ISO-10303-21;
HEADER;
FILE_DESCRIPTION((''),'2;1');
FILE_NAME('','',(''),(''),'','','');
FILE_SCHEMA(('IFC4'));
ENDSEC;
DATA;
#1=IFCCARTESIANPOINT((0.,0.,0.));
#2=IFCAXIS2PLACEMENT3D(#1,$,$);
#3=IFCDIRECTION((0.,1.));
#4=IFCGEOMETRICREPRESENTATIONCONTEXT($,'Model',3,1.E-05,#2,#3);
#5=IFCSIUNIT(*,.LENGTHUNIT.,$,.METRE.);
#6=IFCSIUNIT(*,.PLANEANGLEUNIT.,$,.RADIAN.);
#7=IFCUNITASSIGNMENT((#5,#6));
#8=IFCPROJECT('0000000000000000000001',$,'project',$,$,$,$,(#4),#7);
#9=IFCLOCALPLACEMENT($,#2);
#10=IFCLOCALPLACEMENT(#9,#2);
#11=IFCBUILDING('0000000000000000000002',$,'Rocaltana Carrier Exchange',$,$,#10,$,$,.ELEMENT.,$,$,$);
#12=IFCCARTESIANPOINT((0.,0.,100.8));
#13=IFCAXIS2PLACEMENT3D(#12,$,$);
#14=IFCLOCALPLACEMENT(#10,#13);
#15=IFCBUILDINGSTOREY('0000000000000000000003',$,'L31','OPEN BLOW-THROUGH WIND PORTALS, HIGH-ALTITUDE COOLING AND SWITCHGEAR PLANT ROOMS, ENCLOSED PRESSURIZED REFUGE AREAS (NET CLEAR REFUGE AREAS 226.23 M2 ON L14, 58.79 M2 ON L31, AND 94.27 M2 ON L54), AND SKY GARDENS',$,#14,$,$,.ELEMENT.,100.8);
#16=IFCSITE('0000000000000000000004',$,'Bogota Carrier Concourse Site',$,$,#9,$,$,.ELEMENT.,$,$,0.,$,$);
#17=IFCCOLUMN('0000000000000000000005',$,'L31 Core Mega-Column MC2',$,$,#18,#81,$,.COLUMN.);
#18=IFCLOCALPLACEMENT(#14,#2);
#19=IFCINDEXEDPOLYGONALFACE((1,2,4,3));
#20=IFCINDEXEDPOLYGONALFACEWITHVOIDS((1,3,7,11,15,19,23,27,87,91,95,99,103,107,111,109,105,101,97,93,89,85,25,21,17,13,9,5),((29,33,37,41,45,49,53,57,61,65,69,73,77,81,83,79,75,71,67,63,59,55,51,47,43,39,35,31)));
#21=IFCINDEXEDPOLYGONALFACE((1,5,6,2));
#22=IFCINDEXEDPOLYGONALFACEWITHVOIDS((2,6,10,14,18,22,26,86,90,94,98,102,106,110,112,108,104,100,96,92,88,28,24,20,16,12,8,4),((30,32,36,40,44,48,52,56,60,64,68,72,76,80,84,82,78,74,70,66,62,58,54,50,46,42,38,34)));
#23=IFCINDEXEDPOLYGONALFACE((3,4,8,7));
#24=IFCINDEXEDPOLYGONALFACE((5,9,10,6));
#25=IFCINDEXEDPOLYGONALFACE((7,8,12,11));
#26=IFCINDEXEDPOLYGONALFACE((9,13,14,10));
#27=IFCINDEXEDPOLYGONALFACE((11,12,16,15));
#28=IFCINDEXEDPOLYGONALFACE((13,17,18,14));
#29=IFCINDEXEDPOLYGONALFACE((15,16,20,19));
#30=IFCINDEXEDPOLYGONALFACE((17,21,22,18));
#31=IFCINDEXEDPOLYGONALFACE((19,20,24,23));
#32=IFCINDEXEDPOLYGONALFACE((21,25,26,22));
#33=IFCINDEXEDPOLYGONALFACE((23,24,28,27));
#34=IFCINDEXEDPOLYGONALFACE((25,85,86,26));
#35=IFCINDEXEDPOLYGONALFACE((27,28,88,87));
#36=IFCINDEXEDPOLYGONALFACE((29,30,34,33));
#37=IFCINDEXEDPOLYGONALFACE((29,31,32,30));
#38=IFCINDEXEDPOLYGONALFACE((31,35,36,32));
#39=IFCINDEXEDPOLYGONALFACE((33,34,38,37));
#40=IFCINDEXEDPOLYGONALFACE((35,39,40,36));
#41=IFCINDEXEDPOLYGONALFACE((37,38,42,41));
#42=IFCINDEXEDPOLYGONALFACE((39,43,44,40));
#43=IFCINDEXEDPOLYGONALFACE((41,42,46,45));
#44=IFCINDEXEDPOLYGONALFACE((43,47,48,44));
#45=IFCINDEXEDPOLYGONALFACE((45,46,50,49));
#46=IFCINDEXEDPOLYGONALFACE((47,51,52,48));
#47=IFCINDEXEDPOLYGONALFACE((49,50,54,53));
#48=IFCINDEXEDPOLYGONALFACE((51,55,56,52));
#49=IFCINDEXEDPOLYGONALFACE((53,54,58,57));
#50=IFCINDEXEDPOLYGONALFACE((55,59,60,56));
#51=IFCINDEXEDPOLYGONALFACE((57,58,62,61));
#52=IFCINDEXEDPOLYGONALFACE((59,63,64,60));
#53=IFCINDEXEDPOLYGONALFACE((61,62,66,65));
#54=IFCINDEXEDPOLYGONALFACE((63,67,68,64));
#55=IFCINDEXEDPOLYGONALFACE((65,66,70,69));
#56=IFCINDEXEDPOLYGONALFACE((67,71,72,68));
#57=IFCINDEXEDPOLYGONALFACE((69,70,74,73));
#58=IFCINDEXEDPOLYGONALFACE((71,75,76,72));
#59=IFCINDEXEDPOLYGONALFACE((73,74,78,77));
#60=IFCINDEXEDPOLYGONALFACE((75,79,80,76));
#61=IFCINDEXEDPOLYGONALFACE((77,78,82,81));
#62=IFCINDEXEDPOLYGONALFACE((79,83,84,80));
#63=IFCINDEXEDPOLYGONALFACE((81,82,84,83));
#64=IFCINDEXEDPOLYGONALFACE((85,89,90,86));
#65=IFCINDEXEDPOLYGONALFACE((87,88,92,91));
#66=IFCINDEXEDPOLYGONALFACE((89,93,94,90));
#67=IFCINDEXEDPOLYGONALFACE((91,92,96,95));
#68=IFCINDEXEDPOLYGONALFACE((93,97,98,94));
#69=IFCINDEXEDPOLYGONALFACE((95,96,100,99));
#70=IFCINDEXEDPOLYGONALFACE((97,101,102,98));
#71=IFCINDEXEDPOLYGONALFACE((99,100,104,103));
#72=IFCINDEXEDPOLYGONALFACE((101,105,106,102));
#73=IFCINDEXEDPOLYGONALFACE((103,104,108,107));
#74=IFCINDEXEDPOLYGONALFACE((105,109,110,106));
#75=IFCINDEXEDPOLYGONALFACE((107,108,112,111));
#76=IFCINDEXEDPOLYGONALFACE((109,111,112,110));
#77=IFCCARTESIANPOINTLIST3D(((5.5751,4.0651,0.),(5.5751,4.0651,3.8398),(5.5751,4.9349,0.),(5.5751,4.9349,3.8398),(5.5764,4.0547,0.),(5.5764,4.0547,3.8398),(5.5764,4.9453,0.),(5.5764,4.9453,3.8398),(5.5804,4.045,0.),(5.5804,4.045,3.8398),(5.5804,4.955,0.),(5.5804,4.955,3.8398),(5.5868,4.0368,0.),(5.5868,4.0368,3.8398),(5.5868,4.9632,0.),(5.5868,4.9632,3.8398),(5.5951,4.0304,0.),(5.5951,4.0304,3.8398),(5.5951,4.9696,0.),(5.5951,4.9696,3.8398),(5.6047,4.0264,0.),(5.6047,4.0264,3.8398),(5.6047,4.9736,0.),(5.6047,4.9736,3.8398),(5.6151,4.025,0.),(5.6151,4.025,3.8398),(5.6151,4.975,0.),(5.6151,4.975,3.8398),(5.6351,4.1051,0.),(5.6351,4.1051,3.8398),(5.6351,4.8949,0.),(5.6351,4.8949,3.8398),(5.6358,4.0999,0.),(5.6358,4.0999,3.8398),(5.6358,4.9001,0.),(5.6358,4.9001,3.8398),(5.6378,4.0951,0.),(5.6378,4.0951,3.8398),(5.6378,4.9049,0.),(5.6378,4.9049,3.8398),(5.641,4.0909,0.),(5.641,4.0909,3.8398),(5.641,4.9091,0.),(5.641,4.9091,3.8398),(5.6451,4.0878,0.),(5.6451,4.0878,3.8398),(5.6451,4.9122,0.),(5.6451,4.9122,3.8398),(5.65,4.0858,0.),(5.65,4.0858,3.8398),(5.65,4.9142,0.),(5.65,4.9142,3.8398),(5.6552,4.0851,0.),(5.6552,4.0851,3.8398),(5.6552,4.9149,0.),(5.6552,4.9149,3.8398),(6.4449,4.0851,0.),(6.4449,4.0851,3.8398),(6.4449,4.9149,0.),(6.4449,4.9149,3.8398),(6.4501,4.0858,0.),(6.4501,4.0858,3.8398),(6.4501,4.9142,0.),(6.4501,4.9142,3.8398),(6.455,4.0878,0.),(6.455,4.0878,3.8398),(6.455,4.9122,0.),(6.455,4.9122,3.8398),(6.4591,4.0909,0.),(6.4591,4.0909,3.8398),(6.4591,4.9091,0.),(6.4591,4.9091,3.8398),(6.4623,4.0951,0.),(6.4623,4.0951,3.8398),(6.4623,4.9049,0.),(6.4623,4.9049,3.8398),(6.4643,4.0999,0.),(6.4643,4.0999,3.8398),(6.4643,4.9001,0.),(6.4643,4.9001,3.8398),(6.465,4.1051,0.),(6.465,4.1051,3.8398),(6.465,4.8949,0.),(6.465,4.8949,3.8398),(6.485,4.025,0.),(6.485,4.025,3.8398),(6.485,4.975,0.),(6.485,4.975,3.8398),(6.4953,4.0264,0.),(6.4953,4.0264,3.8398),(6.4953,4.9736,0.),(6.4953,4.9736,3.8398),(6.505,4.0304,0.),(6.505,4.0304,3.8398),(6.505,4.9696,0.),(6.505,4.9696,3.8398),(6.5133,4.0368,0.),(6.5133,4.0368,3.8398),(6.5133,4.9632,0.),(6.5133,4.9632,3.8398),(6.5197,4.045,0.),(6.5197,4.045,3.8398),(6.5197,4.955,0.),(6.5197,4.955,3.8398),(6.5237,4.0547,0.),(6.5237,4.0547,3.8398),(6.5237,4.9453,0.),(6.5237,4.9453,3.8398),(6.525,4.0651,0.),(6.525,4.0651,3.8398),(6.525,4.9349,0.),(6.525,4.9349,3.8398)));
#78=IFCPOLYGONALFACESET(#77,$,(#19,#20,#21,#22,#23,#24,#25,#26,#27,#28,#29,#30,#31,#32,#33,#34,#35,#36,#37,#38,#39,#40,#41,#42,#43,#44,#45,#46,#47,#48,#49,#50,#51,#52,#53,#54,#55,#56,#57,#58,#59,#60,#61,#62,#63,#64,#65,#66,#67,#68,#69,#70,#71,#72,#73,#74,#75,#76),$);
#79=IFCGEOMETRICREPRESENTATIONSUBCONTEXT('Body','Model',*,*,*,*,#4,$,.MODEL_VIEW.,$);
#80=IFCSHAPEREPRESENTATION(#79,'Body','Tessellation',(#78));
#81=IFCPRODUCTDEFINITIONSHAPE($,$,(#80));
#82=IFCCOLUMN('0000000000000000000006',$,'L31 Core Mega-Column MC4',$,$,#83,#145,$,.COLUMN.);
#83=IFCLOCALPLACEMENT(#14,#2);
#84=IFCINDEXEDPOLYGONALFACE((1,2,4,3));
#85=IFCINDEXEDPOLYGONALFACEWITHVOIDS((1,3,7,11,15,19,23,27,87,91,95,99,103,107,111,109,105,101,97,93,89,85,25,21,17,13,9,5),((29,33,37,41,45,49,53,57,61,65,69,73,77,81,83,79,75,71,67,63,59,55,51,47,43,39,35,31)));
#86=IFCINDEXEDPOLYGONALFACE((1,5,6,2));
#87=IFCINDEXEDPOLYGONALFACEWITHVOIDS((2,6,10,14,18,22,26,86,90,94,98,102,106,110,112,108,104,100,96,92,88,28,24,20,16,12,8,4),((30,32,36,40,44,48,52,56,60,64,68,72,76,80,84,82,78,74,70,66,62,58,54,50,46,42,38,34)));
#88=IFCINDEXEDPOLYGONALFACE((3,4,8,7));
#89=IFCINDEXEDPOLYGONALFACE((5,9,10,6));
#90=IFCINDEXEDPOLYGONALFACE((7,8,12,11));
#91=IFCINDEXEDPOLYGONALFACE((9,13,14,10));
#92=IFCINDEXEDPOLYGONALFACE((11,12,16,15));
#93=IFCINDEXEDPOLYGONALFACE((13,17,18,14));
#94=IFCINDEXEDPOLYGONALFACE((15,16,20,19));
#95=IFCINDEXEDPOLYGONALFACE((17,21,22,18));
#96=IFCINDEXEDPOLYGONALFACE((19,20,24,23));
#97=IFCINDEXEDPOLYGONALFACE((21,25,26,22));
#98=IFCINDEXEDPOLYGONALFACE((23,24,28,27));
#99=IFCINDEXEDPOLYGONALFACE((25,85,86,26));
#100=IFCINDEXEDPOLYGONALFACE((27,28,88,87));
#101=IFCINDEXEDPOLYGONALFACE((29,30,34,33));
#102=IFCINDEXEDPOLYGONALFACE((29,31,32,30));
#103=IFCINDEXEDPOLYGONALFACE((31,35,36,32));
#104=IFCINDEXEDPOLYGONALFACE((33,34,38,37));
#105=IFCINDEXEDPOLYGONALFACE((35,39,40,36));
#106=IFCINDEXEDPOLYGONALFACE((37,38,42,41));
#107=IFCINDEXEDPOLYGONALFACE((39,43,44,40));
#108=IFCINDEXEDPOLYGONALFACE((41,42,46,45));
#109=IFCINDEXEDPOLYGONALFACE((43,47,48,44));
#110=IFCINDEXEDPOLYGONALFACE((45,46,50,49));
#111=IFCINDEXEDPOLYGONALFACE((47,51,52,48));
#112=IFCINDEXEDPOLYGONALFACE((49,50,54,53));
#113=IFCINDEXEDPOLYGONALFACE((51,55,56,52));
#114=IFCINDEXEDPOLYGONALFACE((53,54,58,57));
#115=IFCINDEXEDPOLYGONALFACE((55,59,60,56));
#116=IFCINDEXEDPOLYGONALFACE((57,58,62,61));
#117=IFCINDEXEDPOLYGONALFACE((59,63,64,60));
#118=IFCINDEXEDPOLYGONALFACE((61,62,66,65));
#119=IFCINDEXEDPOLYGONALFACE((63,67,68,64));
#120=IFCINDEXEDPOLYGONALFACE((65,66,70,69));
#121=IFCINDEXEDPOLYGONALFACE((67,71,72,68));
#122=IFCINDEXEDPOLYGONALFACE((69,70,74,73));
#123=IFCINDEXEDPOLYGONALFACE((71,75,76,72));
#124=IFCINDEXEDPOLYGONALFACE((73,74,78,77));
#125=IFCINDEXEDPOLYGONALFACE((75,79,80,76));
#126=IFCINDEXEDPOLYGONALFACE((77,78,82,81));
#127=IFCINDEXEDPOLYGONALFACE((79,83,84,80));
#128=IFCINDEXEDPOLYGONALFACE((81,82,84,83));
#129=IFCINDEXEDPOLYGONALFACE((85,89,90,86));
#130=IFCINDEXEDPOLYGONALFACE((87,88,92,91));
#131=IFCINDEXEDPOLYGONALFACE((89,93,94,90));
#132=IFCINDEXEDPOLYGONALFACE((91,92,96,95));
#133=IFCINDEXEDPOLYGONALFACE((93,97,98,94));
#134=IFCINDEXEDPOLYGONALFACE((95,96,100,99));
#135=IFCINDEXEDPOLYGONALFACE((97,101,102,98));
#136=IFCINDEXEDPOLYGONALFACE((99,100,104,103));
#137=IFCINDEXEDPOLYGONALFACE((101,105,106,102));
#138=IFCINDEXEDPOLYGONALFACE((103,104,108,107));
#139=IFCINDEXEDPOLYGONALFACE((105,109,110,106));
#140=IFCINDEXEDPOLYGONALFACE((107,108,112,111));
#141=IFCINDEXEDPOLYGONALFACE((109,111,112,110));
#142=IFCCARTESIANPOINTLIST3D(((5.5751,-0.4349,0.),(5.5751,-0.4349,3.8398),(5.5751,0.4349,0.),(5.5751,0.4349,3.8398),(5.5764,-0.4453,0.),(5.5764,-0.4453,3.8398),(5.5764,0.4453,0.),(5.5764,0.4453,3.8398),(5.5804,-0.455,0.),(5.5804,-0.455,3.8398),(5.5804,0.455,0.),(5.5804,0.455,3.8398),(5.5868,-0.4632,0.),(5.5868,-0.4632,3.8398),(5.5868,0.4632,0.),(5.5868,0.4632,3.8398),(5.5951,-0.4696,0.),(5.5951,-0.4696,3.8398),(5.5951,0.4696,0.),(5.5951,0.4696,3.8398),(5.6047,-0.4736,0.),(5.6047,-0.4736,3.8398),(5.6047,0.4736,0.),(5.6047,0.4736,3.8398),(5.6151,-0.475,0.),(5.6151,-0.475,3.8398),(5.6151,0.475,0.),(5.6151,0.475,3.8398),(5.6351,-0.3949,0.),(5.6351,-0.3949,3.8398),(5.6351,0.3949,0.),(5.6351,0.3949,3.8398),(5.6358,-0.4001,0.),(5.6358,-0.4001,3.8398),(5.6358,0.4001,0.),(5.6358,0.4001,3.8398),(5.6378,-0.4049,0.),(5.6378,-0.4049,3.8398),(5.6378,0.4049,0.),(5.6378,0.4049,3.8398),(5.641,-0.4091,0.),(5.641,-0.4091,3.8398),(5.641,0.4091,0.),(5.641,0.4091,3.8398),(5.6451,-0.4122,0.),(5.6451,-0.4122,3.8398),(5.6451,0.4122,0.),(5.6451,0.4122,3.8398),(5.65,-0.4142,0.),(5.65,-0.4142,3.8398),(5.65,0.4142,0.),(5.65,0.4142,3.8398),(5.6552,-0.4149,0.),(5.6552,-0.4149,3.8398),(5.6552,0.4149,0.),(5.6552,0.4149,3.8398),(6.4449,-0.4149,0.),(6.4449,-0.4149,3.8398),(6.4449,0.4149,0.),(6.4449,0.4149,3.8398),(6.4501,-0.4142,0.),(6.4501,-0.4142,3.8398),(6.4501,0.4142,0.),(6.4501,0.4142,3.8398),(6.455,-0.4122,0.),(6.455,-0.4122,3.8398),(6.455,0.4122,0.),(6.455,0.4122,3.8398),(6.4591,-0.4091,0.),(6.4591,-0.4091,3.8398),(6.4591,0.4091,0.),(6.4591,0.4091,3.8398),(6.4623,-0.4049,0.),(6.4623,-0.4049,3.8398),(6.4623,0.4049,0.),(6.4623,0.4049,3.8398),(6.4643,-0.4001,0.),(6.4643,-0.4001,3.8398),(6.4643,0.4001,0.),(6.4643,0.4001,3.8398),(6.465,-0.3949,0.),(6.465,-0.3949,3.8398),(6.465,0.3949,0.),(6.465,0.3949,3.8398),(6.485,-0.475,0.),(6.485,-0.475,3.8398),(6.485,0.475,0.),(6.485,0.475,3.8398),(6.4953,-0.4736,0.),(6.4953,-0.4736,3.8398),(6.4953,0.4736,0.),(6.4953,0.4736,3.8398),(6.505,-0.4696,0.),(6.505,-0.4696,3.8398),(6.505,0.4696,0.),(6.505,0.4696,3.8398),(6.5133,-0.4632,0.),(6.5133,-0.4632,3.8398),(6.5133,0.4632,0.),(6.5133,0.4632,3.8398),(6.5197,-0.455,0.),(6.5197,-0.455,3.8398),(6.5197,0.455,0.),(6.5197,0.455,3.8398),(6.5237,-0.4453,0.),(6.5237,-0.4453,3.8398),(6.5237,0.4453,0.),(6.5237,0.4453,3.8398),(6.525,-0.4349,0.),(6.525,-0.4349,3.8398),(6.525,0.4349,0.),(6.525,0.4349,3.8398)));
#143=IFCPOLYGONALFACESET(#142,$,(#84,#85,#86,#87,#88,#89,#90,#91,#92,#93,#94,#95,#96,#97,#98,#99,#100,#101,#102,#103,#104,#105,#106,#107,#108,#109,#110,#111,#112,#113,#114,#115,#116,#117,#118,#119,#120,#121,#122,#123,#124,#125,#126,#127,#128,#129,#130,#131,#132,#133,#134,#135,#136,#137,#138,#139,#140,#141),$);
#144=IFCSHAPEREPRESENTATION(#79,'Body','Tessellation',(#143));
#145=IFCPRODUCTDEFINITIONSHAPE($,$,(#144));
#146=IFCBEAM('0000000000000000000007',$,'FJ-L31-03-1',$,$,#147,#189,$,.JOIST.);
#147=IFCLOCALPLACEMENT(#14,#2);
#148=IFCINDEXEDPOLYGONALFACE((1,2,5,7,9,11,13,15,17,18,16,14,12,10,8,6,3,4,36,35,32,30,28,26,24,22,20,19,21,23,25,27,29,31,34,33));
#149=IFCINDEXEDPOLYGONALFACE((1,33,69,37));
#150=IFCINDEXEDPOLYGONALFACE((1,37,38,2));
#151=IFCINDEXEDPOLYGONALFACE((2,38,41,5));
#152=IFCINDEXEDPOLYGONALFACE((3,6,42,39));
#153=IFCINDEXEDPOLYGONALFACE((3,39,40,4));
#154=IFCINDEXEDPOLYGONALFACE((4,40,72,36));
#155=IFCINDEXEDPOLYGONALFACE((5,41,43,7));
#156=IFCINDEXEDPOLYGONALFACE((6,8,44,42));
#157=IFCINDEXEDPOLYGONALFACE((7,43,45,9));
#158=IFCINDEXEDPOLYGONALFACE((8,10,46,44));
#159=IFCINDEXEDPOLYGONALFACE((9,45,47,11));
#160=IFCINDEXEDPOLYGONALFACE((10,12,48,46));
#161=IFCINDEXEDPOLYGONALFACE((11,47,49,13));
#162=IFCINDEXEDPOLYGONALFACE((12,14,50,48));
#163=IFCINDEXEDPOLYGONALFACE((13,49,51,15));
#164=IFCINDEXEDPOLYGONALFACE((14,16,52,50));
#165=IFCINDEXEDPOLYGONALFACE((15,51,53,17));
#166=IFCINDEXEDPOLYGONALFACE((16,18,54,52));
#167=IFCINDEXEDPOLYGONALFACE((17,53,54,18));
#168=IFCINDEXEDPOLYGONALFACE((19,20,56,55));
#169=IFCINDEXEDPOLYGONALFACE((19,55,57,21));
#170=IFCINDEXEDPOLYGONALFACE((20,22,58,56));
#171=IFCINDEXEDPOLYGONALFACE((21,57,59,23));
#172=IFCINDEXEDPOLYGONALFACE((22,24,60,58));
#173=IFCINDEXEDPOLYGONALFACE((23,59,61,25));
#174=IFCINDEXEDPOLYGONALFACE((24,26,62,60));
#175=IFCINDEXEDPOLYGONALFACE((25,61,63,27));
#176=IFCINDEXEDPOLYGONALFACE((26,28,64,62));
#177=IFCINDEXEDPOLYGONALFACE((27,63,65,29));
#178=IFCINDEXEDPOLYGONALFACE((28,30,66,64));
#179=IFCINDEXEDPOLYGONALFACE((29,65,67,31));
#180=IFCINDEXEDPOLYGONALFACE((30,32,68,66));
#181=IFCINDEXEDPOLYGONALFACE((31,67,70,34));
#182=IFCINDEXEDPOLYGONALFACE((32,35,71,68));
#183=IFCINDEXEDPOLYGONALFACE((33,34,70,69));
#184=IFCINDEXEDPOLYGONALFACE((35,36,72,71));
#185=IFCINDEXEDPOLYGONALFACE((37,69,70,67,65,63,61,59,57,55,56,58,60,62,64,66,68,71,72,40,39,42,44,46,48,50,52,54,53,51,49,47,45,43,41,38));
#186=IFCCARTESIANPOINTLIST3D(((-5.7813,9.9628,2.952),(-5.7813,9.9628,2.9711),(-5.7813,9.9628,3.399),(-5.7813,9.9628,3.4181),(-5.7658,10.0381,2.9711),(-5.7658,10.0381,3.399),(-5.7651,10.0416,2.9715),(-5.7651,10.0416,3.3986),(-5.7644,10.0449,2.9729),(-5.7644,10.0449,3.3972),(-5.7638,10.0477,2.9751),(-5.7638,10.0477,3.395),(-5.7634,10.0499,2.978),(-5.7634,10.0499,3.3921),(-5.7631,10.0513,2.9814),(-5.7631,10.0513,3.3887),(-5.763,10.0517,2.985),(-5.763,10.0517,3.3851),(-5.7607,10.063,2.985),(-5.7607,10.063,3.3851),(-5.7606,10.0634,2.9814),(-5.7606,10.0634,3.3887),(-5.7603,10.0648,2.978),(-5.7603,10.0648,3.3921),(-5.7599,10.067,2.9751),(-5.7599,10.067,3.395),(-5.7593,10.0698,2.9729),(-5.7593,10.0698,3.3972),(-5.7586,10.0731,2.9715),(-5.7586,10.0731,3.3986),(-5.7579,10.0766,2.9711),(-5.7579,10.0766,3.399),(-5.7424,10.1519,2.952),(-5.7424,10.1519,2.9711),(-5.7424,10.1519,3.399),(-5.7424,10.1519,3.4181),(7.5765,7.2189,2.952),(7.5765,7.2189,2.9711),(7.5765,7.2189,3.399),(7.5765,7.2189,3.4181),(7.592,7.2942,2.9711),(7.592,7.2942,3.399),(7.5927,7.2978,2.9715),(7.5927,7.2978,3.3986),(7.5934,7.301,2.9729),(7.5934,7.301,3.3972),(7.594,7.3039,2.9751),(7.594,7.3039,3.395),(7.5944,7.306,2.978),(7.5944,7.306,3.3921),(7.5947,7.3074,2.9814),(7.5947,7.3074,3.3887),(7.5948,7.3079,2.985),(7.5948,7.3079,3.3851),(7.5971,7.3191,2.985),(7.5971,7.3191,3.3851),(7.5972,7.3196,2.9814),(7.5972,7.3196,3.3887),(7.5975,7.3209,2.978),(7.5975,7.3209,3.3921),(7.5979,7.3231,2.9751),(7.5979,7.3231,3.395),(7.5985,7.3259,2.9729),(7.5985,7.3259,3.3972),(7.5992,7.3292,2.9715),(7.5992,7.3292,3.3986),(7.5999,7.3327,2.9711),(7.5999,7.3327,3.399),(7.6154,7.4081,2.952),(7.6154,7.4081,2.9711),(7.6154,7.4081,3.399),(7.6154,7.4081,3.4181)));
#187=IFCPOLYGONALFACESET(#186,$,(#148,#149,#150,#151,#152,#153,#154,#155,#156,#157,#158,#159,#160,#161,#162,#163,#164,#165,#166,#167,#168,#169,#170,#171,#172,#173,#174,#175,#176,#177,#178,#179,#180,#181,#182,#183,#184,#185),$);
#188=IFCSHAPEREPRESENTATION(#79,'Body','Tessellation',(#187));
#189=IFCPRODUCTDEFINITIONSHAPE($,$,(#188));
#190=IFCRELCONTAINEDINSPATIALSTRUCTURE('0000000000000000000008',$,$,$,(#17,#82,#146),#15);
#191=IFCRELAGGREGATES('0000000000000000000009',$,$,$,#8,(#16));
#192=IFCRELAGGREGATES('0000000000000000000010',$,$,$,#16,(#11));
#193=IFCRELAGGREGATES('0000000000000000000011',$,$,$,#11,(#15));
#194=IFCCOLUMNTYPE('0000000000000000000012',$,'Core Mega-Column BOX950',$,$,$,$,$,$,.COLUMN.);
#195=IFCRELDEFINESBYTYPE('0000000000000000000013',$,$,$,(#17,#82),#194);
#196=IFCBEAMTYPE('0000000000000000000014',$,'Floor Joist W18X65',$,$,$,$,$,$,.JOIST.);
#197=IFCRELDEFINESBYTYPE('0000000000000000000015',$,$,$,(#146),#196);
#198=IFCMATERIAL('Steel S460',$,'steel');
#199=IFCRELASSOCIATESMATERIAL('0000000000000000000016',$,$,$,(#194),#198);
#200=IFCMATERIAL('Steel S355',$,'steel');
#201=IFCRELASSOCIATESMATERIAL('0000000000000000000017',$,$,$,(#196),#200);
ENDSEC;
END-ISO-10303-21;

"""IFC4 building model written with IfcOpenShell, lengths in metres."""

from ifc_helpers import new_model, si_unit, direction, frame, origin, origin_2d, place, context, subcontext, project, spatial, hollow_rectangle, i_section, extrude, material, material_profile, profile_set, type_object, element, save


model = new_model("IFC4")

# Units and contexts
model_context = context("Model", 3, precision=1e-05, world=origin(), true_north=direction((0.0, 1.0)))
body_context = subcontext(model_context, "Body", "Model", "MODEL_VIEW")
ifc_project = project(units=[si_unit("LENGTHUNIT", "METRE"), si_unit("PLANEANGLEUNIT", "RADIAN")], contexts=[model_context])

# Site, building, storey
site_placement = place(None, origin())
site = spatial("IfcSite", under=ifc_project, at=site_placement, Name="Bogota Carrier Concourse Site", CompositionType="ELEMENT", RefElevation=0.0)
building_placement = place(site_placement, origin())
building = spatial("IfcBuilding", under=site, at=building_placement, Name="Rocaltana Carrier Exchange", CompositionType="ELEMENT")
storey_placement = place(building_placement, frame((0.0, 0.0, 100.8)))
storey = spatial("IfcBuildingStorey", under=building, at=storey_placement, Name="L31", Description="OPEN BLOW-THROUGH WIND PORTALS, HIGH-ALTITUDE COOLING AND SWITCHGEAR PLANT ROOMS, ENCLOSED PRESSURIZED REFUGE AREAS (NET CLEAR REFUGE AREAS 226.23 M2 ON L14, 58.79 M2 ON L31, AND 94.27 M2 ON L54), AND SKY GARDENS", CompositionType="ELEMENT", Elevation=100.8)

# Columns
ifc_material_1 = material(Name="Steel S460", Category="steel")
ifc_material_profile_1 = material_profile(ifc_material_1, hollow_rectangle(XDim=0.95, YDim=0.95, WallThickness=0.0601, InnerFilletRadius=0.02, OuterFilletRadius=0.04, at=origin_2d()), Name="BOX950X950X60")
ifc_profile_set_1 = profile_set([ifc_material_profile_1], Name="Steel S460")
column_type = type_object("IfcColumnType", Name="Core Mega-Column BOX950", PredefinedType="COLUMN", material=ifc_profile_set_1)
for number, where, z_axis, x_axis, name in (
    (1, (6.05, 4.5, 0.0), (0.0, 0.0, 1.0), (1.0, 0.0, 0.0), "L31 Core Mega-Column MC2"),
    (2, (6.05, 0.0, 0.0), (0.0, 0.0, 1.0), (1.0, 0.0, 0.0), "L31 Core Mega-Column MC4"),
):
    element("IfcColumn", number, at=place(storey_placement, frame(where, z_axis=z_axis, x_axis=x_axis)), inside=storey, type_object=column_type, Name=name, PredefinedType="COLUMN", context=body_context, shape_type="SweptSolid", body=[
        extrude(hollow_rectangle(XDim=0.95, YDim=0.95, WallThickness=0.0601, InnerFilletRadius=0.02, OuterFilletRadius=0.04, at=origin_2d()), origin(), (0.0, 0.0, 1.0), 3.8398),
    ])

# Beam
ifc_material_2 = material(Name="Steel S355", Category="steel")
ifc_material_profile_2 = material_profile(ifc_material_2, i_section(OverallWidth=0.1931, OverallDepth=0.4661, WebThickness=0.0115, FlangeThickness=0.019, FilletRadius=0.0139, at=origin_2d()), Name="W18X65")
ifc_profile_set_2 = profile_set([ifc_material_profile_2], Name="Steel S355")
beam_type_1 = type_object("IfcBeamType", Name="Floor Joist W18X65", PredefinedType="JOIST", material=ifc_profile_set_2)
beam_1_placement = place(storey_placement, frame((7.5959, 7.3135, 3.1851), z_axis=(-0.979548, 0.201212, 0.0), x_axis=(-0.201212, -0.979548, 0.0)))
element("IfcBeam", 3, at=beam_1_placement, inside=storey, type_object=beam_type_1, Name="FJ-L31-03-1", PredefinedType="JOIST", context=body_context, shape_type="SweptSolid", body=[
    extrude(i_section(OverallWidth=0.1931, OverallDepth=0.4661, WebThickness=0.0115, FlangeThickness=0.019, FilletRadius=0.0139, at=origin_2d()), origin(), (0.0, 0.0, 1.0), 13.6367),
])

save(model, "model.ifc")
